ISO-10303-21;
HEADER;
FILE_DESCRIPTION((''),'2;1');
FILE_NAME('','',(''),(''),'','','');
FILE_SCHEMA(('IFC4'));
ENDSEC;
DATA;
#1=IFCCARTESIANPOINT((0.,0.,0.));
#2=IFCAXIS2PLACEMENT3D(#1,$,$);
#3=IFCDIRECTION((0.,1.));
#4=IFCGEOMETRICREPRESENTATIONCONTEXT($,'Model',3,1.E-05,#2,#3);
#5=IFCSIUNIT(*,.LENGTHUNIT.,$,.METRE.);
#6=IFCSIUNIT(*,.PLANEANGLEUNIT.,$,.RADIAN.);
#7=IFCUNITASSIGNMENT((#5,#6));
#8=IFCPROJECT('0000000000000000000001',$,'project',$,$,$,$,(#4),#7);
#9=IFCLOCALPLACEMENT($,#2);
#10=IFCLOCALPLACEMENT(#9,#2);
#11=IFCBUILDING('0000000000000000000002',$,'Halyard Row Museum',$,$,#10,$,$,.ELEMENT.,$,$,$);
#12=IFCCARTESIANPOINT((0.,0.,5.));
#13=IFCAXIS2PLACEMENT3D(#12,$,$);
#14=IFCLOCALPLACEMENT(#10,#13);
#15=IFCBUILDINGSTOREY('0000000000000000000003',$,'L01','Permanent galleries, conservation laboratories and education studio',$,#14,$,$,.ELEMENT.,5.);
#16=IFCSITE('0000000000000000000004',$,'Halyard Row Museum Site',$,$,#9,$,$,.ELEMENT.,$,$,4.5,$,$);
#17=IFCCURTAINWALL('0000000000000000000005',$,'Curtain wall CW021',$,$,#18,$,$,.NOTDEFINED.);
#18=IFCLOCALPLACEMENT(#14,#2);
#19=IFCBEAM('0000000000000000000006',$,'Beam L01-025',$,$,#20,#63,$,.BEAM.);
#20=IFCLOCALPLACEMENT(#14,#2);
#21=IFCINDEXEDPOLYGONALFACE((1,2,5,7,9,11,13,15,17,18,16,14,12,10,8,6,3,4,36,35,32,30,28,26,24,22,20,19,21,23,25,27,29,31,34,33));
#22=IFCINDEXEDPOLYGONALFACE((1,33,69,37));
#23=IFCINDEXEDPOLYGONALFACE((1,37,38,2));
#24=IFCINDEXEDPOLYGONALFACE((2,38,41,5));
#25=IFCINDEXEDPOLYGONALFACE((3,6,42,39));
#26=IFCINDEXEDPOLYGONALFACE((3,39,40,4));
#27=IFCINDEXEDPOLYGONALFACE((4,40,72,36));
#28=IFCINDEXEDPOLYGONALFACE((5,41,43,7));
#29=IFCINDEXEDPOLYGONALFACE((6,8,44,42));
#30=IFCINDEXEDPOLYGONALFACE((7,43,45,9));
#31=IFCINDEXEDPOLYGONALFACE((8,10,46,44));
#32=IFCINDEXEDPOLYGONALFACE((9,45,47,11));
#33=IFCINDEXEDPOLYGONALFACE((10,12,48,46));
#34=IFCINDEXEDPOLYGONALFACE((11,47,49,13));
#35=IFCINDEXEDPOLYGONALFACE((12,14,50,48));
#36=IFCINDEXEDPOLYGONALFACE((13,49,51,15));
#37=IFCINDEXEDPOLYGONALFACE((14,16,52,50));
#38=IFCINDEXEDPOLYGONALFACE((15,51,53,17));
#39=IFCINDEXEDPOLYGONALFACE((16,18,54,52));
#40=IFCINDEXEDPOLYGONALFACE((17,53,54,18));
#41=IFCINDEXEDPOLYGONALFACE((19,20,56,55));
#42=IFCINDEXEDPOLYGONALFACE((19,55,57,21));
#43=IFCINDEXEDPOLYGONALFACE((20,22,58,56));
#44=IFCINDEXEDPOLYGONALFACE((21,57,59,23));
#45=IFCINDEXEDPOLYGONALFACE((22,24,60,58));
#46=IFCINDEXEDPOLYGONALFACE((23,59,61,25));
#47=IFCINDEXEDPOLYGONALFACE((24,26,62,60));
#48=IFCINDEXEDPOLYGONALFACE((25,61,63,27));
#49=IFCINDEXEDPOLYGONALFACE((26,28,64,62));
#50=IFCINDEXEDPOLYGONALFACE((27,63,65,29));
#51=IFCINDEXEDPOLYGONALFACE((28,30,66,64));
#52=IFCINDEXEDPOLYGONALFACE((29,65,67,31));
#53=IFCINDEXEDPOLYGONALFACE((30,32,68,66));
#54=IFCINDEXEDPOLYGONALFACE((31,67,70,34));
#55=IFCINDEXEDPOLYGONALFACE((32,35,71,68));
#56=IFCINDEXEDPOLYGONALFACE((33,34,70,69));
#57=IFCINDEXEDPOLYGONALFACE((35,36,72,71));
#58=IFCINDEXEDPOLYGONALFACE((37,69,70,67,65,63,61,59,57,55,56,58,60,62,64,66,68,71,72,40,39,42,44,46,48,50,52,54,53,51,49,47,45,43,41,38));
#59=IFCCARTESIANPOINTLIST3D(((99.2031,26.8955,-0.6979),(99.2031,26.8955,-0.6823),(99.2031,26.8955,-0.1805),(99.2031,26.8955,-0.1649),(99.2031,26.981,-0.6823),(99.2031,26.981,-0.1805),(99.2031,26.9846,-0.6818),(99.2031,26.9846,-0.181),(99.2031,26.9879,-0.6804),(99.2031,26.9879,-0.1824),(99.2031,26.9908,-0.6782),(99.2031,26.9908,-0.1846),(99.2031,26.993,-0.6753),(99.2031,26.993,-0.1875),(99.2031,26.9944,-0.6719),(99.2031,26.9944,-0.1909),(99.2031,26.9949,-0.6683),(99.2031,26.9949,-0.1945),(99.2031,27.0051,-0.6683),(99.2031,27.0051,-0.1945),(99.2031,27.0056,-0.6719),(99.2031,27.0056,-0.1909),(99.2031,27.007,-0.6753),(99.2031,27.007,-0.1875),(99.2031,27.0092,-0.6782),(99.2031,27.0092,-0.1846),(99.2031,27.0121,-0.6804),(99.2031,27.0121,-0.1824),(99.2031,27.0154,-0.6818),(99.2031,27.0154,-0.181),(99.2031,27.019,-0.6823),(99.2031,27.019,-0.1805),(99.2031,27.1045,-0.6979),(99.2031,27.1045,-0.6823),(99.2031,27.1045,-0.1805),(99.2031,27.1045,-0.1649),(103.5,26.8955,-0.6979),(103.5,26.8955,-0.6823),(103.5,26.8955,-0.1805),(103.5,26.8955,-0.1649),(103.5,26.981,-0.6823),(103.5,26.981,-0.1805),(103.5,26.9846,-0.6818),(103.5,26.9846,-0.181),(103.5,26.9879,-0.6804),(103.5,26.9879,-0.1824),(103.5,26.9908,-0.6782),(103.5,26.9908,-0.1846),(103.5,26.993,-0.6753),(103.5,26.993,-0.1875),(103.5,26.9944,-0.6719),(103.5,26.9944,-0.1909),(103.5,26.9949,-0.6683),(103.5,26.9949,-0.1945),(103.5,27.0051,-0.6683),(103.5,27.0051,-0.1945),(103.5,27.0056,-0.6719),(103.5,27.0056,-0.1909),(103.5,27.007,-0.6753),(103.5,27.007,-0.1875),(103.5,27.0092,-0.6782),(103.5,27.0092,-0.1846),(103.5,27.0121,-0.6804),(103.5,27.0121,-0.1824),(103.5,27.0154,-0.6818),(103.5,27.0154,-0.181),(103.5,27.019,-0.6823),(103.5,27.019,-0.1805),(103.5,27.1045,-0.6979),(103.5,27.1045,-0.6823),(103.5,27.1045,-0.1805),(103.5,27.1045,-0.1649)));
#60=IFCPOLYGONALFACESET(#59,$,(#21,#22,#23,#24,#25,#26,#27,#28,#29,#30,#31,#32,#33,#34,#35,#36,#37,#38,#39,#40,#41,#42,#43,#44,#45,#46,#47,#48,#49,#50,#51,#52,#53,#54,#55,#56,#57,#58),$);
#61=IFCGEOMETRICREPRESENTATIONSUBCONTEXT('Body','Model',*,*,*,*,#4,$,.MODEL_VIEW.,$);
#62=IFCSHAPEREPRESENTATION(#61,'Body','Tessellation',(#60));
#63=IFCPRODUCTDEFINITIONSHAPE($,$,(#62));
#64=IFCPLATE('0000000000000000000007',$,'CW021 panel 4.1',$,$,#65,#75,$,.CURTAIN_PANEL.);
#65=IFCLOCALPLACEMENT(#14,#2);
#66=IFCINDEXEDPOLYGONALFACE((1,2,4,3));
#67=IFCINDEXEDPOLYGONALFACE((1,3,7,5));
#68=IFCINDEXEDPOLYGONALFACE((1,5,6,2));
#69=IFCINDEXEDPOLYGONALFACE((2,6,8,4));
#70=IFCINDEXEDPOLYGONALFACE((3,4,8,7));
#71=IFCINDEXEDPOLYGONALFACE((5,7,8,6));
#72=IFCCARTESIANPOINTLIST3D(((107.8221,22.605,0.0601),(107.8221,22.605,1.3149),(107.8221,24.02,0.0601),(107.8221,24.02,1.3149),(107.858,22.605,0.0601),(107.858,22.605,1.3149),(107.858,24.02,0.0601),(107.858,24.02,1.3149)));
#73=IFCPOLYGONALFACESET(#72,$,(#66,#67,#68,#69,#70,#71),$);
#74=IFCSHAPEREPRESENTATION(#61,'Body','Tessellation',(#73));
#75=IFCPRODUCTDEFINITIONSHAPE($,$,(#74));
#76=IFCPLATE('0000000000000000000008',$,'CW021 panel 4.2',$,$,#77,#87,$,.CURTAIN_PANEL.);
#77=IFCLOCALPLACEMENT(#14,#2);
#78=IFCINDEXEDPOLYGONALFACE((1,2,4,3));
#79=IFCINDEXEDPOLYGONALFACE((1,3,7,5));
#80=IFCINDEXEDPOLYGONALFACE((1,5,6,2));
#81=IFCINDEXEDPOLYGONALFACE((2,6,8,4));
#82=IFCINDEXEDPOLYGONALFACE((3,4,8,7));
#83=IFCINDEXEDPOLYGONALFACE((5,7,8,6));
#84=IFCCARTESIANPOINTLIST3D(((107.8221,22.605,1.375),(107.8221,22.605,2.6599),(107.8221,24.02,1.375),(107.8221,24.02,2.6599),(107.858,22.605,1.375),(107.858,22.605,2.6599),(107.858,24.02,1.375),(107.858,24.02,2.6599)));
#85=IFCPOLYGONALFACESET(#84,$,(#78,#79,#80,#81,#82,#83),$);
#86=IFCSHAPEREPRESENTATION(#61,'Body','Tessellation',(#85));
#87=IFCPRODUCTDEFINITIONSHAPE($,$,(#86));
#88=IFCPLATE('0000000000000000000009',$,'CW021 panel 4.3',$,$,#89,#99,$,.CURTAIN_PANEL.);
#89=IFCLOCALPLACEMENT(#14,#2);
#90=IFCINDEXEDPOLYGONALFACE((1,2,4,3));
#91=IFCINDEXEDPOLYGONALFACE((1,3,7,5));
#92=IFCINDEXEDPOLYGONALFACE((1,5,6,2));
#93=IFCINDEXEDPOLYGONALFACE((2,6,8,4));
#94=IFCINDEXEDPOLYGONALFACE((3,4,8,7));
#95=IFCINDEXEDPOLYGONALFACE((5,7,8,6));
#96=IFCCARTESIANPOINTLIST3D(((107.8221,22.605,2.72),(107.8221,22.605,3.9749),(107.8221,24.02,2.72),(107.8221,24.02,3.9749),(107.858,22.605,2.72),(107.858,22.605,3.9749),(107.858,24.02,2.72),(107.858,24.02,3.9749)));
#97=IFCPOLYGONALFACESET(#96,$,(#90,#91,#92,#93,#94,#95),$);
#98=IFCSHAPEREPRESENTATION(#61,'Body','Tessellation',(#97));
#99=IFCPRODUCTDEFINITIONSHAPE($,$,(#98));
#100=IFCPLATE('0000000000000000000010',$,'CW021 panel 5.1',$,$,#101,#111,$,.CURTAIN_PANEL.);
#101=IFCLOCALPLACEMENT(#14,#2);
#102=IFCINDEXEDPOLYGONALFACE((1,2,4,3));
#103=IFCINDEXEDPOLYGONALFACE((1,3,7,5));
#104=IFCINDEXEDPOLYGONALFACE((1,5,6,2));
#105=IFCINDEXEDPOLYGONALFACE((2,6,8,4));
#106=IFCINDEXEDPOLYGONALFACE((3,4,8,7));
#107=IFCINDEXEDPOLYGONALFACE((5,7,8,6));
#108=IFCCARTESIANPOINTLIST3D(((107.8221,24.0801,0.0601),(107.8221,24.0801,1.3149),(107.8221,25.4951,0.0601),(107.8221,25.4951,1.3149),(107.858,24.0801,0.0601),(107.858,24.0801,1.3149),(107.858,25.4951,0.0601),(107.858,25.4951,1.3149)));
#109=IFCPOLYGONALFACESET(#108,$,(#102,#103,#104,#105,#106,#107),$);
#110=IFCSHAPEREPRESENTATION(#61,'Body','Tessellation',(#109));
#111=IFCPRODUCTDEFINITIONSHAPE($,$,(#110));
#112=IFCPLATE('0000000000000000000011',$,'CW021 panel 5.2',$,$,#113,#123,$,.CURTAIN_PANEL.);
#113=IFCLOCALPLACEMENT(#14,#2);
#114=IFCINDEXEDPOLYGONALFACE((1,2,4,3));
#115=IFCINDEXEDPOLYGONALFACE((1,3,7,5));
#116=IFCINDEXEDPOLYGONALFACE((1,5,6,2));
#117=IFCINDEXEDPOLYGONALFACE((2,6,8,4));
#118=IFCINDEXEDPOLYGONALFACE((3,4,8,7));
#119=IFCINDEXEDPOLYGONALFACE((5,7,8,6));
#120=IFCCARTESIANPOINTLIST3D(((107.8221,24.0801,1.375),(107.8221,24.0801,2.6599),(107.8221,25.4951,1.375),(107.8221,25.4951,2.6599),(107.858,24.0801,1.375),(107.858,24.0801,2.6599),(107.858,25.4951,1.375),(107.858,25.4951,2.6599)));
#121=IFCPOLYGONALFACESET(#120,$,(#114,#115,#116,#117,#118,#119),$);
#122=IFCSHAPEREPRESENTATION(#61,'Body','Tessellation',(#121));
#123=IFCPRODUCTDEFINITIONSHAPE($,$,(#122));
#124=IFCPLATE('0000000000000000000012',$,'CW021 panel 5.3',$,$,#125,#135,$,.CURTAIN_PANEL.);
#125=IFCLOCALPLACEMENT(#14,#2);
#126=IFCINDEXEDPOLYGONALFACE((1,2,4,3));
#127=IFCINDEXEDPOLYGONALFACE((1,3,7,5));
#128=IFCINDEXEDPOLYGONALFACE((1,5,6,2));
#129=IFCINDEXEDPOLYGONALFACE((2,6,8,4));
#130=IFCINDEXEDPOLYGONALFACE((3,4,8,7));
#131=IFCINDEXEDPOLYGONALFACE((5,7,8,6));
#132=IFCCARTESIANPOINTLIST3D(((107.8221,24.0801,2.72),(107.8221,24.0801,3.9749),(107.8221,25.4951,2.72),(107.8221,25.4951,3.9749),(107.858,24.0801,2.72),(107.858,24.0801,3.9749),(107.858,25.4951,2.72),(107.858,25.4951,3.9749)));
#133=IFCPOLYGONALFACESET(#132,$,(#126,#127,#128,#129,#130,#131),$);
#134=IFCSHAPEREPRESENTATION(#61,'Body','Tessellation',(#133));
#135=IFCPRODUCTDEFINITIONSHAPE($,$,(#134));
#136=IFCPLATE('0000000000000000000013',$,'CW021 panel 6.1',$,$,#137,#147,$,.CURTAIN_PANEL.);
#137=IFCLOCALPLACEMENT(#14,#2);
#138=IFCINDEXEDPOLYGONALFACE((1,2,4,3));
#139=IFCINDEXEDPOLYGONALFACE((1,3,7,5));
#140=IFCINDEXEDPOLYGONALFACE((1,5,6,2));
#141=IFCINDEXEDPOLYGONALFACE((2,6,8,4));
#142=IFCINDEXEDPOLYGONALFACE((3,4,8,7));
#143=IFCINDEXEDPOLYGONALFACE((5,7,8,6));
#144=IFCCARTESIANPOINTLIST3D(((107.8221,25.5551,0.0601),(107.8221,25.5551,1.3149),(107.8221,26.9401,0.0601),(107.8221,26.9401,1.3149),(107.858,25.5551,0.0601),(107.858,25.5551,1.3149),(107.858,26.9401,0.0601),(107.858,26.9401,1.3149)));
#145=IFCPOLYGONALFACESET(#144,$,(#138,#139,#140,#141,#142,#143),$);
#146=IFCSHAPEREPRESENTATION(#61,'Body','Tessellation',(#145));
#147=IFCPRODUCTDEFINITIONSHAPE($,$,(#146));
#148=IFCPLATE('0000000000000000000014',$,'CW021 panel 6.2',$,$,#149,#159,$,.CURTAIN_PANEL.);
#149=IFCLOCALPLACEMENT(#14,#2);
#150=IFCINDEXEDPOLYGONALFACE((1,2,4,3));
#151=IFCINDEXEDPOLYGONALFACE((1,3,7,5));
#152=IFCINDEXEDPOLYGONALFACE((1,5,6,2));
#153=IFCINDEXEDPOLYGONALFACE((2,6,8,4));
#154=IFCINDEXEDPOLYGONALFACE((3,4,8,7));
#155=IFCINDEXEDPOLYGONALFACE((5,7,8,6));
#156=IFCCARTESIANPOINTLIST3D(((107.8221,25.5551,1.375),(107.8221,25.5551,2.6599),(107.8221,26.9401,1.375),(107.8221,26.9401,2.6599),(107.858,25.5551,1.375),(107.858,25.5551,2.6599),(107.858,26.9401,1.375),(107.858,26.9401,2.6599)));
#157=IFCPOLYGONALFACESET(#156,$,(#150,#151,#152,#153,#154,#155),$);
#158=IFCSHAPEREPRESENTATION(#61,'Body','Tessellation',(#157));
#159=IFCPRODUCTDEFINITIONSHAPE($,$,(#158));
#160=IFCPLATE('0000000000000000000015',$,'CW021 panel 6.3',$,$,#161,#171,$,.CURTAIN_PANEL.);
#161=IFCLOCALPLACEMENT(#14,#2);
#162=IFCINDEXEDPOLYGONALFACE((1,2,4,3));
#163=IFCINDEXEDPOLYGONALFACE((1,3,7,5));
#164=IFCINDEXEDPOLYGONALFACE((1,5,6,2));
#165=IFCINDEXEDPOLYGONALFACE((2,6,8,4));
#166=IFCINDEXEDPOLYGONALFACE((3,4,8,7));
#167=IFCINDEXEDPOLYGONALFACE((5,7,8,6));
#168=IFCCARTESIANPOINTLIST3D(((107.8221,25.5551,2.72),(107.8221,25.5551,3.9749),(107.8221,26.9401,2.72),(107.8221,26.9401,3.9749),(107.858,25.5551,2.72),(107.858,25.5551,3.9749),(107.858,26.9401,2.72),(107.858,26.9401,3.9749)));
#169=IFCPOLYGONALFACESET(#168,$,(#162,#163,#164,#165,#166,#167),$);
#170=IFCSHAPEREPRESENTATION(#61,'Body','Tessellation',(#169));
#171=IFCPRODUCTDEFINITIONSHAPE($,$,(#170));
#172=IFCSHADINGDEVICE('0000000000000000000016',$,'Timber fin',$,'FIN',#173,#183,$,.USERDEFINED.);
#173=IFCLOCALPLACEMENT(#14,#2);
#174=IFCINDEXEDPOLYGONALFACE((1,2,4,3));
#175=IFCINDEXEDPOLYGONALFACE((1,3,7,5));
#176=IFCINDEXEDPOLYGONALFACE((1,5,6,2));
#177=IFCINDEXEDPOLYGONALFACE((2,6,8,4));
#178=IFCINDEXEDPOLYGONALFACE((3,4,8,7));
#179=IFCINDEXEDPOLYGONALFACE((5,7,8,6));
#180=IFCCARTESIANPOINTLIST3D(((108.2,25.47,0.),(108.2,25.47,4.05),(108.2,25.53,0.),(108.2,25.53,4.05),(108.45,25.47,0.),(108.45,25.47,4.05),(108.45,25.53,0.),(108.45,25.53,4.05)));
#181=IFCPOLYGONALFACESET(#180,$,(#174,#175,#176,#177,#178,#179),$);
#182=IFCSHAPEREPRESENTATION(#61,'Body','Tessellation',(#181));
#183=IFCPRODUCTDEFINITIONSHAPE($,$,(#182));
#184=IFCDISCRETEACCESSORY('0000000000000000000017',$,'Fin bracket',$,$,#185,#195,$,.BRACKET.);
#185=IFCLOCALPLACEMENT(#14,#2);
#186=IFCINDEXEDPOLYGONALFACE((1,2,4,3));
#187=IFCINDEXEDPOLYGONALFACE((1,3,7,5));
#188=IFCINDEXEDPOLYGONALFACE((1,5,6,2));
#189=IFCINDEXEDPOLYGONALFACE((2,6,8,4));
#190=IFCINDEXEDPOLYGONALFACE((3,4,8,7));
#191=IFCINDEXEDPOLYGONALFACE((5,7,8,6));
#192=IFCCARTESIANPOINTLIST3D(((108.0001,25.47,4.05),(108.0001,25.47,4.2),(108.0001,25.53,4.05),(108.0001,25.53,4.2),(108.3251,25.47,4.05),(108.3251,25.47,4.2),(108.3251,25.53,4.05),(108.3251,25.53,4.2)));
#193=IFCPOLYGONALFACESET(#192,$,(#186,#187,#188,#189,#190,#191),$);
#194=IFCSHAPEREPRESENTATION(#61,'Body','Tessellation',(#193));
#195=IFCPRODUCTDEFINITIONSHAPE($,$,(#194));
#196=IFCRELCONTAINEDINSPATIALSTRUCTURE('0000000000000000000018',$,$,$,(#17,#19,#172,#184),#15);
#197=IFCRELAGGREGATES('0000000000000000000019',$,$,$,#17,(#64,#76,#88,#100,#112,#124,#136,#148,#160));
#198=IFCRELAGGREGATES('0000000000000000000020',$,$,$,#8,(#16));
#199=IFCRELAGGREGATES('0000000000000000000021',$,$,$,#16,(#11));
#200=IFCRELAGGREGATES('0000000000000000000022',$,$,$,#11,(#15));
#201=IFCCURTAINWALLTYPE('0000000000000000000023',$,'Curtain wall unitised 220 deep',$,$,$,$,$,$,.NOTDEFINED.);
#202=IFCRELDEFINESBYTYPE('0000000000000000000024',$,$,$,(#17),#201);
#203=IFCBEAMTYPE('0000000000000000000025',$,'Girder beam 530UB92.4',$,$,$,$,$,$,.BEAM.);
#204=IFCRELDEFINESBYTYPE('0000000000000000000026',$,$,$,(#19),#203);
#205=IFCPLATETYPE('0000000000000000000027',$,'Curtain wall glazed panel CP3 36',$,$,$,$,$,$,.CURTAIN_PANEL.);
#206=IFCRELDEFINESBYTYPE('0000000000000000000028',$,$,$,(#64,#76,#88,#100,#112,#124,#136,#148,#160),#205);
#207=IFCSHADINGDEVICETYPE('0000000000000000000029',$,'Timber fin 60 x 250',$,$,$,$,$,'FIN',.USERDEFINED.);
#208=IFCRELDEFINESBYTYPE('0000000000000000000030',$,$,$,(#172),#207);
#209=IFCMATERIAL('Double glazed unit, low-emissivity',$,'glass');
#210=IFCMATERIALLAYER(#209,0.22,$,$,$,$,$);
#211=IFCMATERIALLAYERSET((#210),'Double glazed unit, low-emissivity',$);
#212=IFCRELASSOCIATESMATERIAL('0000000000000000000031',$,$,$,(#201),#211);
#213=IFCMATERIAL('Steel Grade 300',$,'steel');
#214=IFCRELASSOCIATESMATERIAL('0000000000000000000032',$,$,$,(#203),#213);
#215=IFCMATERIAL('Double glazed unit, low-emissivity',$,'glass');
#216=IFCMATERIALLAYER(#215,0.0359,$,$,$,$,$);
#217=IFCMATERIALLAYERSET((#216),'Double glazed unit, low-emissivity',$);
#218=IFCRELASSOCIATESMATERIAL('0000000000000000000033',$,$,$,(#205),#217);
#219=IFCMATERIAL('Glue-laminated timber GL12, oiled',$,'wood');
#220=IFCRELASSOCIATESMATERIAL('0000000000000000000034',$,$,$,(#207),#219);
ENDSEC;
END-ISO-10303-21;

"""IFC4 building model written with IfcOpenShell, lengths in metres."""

from ifc_helpers import new_model, si_unit, direction, frame, origin, origin_2d, place, context, subcontext, project, spatial, rectangle, i_section, extrude, material, layer, layer_set, material_profile, profile_set, type_object, element, aggregate, save


model = new_model("IFC4")

# Units and contexts
model_context = context("Model", 3, precision=1e-05, world=origin(), true_north=direction((0.0, 1.0)))
body_context = subcontext(model_context, "Body", "Model", "MODEL_VIEW")
ifc_project = project(units=[si_unit("LENGTHUNIT", "METRE"), si_unit("PLANEANGLEUNIT", "RADIAN")], contexts=[model_context])

# Site, building, storey
site_placement = place(None, origin())
site = spatial("IfcSite", under=ifc_project, at=site_placement, Name="Halyard Row Museum Site", CompositionType="ELEMENT", RefElevation=4.5)
building_placement = place(site_placement, origin())
building = spatial("IfcBuilding", under=site, at=building_placement, Name="Halyard Row Museum", CompositionType="ELEMENT")
storey_placement = place(building_placement, frame((0.0, 0.0, 5.0)))
storey = spatial("IfcBuildingStorey", under=building, at=storey_placement, Name="L01", Description="Permanent galleries, conservation laboratories and education studio", CompositionType="ELEMENT", Elevation=5.0)

# Curtain wall
ifc_material_1 = material(Name="Double glazed unit, low-emissivity", Category="glass")
ifc_layer_1 = layer(ifc_material_1, 0.22)
ifc_layer_set_1 = layer_set([ifc_layer_1], Name="Double glazed unit, low-emissivity")
curtain_wall_type_1 = type_object("IfcCurtainWallType", Name="Curtain wall unitised 220 deep", PredefinedType="NOTDEFINED", material=ifc_layer_set_1)
curtain_wall_1_placement = place(storey_placement, origin())
curtain_wall_1 = element("IfcCurtainWall", 1, at=curtain_wall_1_placement, inside=storey, type_object=curtain_wall_type_1, Name="Curtain wall CW021", PredefinedType="NOTDEFINED")

# Beam
ifc_material_2 = material(Name="Steel Grade 300", Category="steel")
ifc_material_profile_1 = material_profile(ifc_material_2, i_section(OverallWidth=0.209, OverallDepth=0.533, WebThickness=0.0103, FlangeThickness=0.0156, FilletRadius=0.0139, at=origin_2d()), Name="530UB92.4")
ifc_profile_set_1 = profile_set([ifc_material_profile_1], Name="Steel Grade 300")
beam_type = type_object("IfcBeamType", Name="Girder beam 530UB92.4", PredefinedType="BEAM", material=ifc_profile_set_1)
beam_placement = place(storey_placement, frame((99.2031, 27.0, -0.4314), z_axis=(1.0, 0.0, 0.0), x_axis=(0.0, 1.0, 0.0)))
element("IfcBeam", 2, at=beam_placement, inside=storey, type_object=beam_type, Name="Beam L01-025", PredefinedType="BEAM", context=body_context, shape_type="SweptSolid", body=[
    extrude(i_section(OverallWidth=0.209, OverallDepth=0.533, WebThickness=0.0103, FlangeThickness=0.0156, FilletRadius=0.0139, at=origin_2d()), origin(), (0.0, 0.0, 1.0), 4.2969),
])

# Plates
ifc_material_3 = material(Name="Double glazed unit, low-emissivity", Category="glass")
ifc_layer_2 = layer(ifc_material_3, 0.0359)
ifc_layer_set_2 = layer_set([ifc_layer_2], Name="Double glazed unit, low-emissivity")
plate_type = type_object("IfcPlateType", Name="Curtain wall glazed panel CP3 36", PredefinedType="CURTAIN_PANEL", material=ifc_layer_set_2)
plate_1_placement = place(storey_placement, frame((107.8401, 23.3125, 0.0601), z_axis=(0.0, 0.0, 1.0), x_axis=(0.0, 1.0, 0.0)))
plate_1 = element("IfcPlate", 3, at=plate_1_placement, type_object=plate_type, Name="CW021 panel 4.1", PredefinedType="CURTAIN_PANEL", context=body_context, shape_type="SweptSolid", body=[
    extrude(rectangle(XDim=1.415, YDim=0.0359, at=origin_2d()), origin(), (0.0, 0.0, 1.0), 1.2549),
])
plate_2_placement = place(storey_placement, frame((107.8401, 23.3125, 1.375), z_axis=(0.0, 0.0, 1.0), x_axis=(0.0, 1.0, 0.0)))
plate_2 = element("IfcPlate", 4, at=plate_2_placement, type_object=plate_type, Name="CW021 panel 4.2", PredefinedType="CURTAIN_PANEL", context=body_context, shape_type="SweptSolid", body=[
    extrude(rectangle(XDim=1.415, YDim=0.0359, at=origin_2d()), origin(), (0.0, 0.0, 1.0), 1.2849),
])
plate_3_placement = place(storey_placement, frame((107.8401, 23.3125, 2.72), z_axis=(0.0, 0.0, 1.0), x_axis=(0.0, 1.0, 0.0)))
plate_3 = element("IfcPlate", 5, at=plate_3_placement, type_object=plate_type, Name="CW021 panel 4.3", PredefinedType="CURTAIN_PANEL", context=body_context, shape_type="SweptSolid", body=[
    extrude(rectangle(XDim=1.415, YDim=0.0359, at=origin_2d()), origin(), (0.0, 0.0, 1.0), 1.2549),
])
plate_4_placement = place(storey_placement, frame((107.8401, 24.7876, 0.0601), z_axis=(0.0, 0.0, 1.0), x_axis=(0.0, 1.0, 0.0)))
plate_4 = element("IfcPlate", 6, at=plate_4_placement, type_object=plate_type, Name="CW021 panel 5.1", PredefinedType="CURTAIN_PANEL", context=body_context, shape_type="SweptSolid", body=[
    extrude(rectangle(XDim=1.415, YDim=0.0359, at=origin_2d()), origin(), (0.0, 0.0, 1.0), 1.2549),
])
plate_5_placement = place(storey_placement, frame((107.8401, 24.7876, 1.375), z_axis=(0.0, 0.0, 1.0), x_axis=(0.0, 1.0, 0.0)))
plate_5 = element("IfcPlate", 7, at=plate_5_placement, type_object=plate_type, Name="CW021 panel 5.2", PredefinedType="CURTAIN_PANEL", context=body_context, shape_type="SweptSolid", body=[
    extrude(rectangle(XDim=1.415, YDim=0.0359, at=origin_2d()), origin(), (0.0, 0.0, 1.0), 1.2849),
])
plate_6_placement = place(storey_placement, frame((107.8401, 24.7876, 2.72), z_axis=(0.0, 0.0, 1.0), x_axis=(0.0, 1.0, 0.0)))
plate_6 = element("IfcPlate", 8, at=plate_6_placement, type_object=plate_type, Name="CW021 panel 5.3", PredefinedType="CURTAIN_PANEL", context=body_context, shape_type="SweptSolid", body=[
    extrude(rectangle(XDim=1.415, YDim=0.0359, at=origin_2d()), origin(), (0.0, 0.0, 1.0), 1.2549),
])
plate_7_placement = place(storey_placement, frame((107.8401, 26.2476, 0.0601), z_axis=(0.0, 0.0, 1.0), x_axis=(0.0, 1.0, 0.0)))
plate_7 = element("IfcPlate", 9, at=plate_7_placement, type_object=plate_type, Name="CW021 panel 6.1", PredefinedType="CURTAIN_PANEL", context=body_context, shape_type="SweptSolid", body=[
    extrude(rectangle(XDim=1.385, YDim=0.0359, at=origin_2d()), origin(), (0.0, 0.0, 1.0), 1.2549),
])
plate_8_placement = place(storey_placement, frame((107.8401, 26.2476, 1.375), z_axis=(0.0, 0.0, 1.0), x_axis=(0.0, 1.0, 0.0)))
plate_8 = element("IfcPlate", 10, at=plate_8_placement, type_object=plate_type, Name="CW021 panel 6.2", PredefinedType="CURTAIN_PANEL", context=body_context, shape_type="SweptSolid", body=[
    extrude(rectangle(XDim=1.385, YDim=0.0359, at=origin_2d()), origin(), (0.0, 0.0, 1.0), 1.2849),
])
plate_9_placement = place(storey_placement, frame((107.8401, 26.2476, 2.72), z_axis=(0.0, 0.0, 1.0), x_axis=(0.0, 1.0, 0.0)))
plate_9 = element("IfcPlate", 11, at=plate_9_placement, type_object=plate_type, Name="CW021 panel 6.3", PredefinedType="CURTAIN_PANEL", context=body_context, shape_type="SweptSolid", body=[
    extrude(rectangle(XDim=1.385, YDim=0.0359, at=origin_2d()), origin(), (0.0, 0.0, 1.0), 1.2549),
])
aggregate(curtain_wall_1, [plate_1, plate_2, plate_3, plate_4, plate_5, plate_6, plate_7, plate_8, plate_9])

# Shading device
ifc_material_4 = material(Name="Glue-laminated timber GL12, oiled", Category="wood")
shading_device_type = type_object("IfcShadingDeviceType", Name="Timber fin 60 x 250", ElementType="FIN", PredefinedType="USERDEFINED", material=ifc_material_4)
shading_device_placement = place(storey_placement, frame((108.325, 25.5, 0.0), z_axis=(0.0, 0.0, 1.0), x_axis=(1.0, 0.0, 0.0)))
element("IfcShadingDevice", 12, at=shading_device_placement, inside=storey, type_object=shading_device_type, Name="Timber fin", ObjectType="FIN", PredefinedType="USERDEFINED", context=body_context, shape_type="SweptSolid", body=[
    extrude(rectangle(XDim=0.25, YDim=0.0601, at=origin_2d()), origin(), (0.0, 0.0, 1.0), 4.05),
])

# Discrete accessory
discrete_accessory_placement = place(storey_placement, frame((108.1626, 25.5, 4.05), z_axis=(0.0, 0.0, 1.0), x_axis=(1.0, 0.0, 0.0)))
element("IfcDiscreteAccessory", 13, at=discrete_accessory_placement, inside=storey, Name="Fin bracket", PredefinedType="BRACKET", context=body_context, shape_type="SweptSolid", body=[
    extrude(rectangle(XDim=0.325, YDim=0.0601, at=origin_2d()), origin(), (0.0, 0.0, 1.0), 0.1499),
])

save(model, "model.ifc")
